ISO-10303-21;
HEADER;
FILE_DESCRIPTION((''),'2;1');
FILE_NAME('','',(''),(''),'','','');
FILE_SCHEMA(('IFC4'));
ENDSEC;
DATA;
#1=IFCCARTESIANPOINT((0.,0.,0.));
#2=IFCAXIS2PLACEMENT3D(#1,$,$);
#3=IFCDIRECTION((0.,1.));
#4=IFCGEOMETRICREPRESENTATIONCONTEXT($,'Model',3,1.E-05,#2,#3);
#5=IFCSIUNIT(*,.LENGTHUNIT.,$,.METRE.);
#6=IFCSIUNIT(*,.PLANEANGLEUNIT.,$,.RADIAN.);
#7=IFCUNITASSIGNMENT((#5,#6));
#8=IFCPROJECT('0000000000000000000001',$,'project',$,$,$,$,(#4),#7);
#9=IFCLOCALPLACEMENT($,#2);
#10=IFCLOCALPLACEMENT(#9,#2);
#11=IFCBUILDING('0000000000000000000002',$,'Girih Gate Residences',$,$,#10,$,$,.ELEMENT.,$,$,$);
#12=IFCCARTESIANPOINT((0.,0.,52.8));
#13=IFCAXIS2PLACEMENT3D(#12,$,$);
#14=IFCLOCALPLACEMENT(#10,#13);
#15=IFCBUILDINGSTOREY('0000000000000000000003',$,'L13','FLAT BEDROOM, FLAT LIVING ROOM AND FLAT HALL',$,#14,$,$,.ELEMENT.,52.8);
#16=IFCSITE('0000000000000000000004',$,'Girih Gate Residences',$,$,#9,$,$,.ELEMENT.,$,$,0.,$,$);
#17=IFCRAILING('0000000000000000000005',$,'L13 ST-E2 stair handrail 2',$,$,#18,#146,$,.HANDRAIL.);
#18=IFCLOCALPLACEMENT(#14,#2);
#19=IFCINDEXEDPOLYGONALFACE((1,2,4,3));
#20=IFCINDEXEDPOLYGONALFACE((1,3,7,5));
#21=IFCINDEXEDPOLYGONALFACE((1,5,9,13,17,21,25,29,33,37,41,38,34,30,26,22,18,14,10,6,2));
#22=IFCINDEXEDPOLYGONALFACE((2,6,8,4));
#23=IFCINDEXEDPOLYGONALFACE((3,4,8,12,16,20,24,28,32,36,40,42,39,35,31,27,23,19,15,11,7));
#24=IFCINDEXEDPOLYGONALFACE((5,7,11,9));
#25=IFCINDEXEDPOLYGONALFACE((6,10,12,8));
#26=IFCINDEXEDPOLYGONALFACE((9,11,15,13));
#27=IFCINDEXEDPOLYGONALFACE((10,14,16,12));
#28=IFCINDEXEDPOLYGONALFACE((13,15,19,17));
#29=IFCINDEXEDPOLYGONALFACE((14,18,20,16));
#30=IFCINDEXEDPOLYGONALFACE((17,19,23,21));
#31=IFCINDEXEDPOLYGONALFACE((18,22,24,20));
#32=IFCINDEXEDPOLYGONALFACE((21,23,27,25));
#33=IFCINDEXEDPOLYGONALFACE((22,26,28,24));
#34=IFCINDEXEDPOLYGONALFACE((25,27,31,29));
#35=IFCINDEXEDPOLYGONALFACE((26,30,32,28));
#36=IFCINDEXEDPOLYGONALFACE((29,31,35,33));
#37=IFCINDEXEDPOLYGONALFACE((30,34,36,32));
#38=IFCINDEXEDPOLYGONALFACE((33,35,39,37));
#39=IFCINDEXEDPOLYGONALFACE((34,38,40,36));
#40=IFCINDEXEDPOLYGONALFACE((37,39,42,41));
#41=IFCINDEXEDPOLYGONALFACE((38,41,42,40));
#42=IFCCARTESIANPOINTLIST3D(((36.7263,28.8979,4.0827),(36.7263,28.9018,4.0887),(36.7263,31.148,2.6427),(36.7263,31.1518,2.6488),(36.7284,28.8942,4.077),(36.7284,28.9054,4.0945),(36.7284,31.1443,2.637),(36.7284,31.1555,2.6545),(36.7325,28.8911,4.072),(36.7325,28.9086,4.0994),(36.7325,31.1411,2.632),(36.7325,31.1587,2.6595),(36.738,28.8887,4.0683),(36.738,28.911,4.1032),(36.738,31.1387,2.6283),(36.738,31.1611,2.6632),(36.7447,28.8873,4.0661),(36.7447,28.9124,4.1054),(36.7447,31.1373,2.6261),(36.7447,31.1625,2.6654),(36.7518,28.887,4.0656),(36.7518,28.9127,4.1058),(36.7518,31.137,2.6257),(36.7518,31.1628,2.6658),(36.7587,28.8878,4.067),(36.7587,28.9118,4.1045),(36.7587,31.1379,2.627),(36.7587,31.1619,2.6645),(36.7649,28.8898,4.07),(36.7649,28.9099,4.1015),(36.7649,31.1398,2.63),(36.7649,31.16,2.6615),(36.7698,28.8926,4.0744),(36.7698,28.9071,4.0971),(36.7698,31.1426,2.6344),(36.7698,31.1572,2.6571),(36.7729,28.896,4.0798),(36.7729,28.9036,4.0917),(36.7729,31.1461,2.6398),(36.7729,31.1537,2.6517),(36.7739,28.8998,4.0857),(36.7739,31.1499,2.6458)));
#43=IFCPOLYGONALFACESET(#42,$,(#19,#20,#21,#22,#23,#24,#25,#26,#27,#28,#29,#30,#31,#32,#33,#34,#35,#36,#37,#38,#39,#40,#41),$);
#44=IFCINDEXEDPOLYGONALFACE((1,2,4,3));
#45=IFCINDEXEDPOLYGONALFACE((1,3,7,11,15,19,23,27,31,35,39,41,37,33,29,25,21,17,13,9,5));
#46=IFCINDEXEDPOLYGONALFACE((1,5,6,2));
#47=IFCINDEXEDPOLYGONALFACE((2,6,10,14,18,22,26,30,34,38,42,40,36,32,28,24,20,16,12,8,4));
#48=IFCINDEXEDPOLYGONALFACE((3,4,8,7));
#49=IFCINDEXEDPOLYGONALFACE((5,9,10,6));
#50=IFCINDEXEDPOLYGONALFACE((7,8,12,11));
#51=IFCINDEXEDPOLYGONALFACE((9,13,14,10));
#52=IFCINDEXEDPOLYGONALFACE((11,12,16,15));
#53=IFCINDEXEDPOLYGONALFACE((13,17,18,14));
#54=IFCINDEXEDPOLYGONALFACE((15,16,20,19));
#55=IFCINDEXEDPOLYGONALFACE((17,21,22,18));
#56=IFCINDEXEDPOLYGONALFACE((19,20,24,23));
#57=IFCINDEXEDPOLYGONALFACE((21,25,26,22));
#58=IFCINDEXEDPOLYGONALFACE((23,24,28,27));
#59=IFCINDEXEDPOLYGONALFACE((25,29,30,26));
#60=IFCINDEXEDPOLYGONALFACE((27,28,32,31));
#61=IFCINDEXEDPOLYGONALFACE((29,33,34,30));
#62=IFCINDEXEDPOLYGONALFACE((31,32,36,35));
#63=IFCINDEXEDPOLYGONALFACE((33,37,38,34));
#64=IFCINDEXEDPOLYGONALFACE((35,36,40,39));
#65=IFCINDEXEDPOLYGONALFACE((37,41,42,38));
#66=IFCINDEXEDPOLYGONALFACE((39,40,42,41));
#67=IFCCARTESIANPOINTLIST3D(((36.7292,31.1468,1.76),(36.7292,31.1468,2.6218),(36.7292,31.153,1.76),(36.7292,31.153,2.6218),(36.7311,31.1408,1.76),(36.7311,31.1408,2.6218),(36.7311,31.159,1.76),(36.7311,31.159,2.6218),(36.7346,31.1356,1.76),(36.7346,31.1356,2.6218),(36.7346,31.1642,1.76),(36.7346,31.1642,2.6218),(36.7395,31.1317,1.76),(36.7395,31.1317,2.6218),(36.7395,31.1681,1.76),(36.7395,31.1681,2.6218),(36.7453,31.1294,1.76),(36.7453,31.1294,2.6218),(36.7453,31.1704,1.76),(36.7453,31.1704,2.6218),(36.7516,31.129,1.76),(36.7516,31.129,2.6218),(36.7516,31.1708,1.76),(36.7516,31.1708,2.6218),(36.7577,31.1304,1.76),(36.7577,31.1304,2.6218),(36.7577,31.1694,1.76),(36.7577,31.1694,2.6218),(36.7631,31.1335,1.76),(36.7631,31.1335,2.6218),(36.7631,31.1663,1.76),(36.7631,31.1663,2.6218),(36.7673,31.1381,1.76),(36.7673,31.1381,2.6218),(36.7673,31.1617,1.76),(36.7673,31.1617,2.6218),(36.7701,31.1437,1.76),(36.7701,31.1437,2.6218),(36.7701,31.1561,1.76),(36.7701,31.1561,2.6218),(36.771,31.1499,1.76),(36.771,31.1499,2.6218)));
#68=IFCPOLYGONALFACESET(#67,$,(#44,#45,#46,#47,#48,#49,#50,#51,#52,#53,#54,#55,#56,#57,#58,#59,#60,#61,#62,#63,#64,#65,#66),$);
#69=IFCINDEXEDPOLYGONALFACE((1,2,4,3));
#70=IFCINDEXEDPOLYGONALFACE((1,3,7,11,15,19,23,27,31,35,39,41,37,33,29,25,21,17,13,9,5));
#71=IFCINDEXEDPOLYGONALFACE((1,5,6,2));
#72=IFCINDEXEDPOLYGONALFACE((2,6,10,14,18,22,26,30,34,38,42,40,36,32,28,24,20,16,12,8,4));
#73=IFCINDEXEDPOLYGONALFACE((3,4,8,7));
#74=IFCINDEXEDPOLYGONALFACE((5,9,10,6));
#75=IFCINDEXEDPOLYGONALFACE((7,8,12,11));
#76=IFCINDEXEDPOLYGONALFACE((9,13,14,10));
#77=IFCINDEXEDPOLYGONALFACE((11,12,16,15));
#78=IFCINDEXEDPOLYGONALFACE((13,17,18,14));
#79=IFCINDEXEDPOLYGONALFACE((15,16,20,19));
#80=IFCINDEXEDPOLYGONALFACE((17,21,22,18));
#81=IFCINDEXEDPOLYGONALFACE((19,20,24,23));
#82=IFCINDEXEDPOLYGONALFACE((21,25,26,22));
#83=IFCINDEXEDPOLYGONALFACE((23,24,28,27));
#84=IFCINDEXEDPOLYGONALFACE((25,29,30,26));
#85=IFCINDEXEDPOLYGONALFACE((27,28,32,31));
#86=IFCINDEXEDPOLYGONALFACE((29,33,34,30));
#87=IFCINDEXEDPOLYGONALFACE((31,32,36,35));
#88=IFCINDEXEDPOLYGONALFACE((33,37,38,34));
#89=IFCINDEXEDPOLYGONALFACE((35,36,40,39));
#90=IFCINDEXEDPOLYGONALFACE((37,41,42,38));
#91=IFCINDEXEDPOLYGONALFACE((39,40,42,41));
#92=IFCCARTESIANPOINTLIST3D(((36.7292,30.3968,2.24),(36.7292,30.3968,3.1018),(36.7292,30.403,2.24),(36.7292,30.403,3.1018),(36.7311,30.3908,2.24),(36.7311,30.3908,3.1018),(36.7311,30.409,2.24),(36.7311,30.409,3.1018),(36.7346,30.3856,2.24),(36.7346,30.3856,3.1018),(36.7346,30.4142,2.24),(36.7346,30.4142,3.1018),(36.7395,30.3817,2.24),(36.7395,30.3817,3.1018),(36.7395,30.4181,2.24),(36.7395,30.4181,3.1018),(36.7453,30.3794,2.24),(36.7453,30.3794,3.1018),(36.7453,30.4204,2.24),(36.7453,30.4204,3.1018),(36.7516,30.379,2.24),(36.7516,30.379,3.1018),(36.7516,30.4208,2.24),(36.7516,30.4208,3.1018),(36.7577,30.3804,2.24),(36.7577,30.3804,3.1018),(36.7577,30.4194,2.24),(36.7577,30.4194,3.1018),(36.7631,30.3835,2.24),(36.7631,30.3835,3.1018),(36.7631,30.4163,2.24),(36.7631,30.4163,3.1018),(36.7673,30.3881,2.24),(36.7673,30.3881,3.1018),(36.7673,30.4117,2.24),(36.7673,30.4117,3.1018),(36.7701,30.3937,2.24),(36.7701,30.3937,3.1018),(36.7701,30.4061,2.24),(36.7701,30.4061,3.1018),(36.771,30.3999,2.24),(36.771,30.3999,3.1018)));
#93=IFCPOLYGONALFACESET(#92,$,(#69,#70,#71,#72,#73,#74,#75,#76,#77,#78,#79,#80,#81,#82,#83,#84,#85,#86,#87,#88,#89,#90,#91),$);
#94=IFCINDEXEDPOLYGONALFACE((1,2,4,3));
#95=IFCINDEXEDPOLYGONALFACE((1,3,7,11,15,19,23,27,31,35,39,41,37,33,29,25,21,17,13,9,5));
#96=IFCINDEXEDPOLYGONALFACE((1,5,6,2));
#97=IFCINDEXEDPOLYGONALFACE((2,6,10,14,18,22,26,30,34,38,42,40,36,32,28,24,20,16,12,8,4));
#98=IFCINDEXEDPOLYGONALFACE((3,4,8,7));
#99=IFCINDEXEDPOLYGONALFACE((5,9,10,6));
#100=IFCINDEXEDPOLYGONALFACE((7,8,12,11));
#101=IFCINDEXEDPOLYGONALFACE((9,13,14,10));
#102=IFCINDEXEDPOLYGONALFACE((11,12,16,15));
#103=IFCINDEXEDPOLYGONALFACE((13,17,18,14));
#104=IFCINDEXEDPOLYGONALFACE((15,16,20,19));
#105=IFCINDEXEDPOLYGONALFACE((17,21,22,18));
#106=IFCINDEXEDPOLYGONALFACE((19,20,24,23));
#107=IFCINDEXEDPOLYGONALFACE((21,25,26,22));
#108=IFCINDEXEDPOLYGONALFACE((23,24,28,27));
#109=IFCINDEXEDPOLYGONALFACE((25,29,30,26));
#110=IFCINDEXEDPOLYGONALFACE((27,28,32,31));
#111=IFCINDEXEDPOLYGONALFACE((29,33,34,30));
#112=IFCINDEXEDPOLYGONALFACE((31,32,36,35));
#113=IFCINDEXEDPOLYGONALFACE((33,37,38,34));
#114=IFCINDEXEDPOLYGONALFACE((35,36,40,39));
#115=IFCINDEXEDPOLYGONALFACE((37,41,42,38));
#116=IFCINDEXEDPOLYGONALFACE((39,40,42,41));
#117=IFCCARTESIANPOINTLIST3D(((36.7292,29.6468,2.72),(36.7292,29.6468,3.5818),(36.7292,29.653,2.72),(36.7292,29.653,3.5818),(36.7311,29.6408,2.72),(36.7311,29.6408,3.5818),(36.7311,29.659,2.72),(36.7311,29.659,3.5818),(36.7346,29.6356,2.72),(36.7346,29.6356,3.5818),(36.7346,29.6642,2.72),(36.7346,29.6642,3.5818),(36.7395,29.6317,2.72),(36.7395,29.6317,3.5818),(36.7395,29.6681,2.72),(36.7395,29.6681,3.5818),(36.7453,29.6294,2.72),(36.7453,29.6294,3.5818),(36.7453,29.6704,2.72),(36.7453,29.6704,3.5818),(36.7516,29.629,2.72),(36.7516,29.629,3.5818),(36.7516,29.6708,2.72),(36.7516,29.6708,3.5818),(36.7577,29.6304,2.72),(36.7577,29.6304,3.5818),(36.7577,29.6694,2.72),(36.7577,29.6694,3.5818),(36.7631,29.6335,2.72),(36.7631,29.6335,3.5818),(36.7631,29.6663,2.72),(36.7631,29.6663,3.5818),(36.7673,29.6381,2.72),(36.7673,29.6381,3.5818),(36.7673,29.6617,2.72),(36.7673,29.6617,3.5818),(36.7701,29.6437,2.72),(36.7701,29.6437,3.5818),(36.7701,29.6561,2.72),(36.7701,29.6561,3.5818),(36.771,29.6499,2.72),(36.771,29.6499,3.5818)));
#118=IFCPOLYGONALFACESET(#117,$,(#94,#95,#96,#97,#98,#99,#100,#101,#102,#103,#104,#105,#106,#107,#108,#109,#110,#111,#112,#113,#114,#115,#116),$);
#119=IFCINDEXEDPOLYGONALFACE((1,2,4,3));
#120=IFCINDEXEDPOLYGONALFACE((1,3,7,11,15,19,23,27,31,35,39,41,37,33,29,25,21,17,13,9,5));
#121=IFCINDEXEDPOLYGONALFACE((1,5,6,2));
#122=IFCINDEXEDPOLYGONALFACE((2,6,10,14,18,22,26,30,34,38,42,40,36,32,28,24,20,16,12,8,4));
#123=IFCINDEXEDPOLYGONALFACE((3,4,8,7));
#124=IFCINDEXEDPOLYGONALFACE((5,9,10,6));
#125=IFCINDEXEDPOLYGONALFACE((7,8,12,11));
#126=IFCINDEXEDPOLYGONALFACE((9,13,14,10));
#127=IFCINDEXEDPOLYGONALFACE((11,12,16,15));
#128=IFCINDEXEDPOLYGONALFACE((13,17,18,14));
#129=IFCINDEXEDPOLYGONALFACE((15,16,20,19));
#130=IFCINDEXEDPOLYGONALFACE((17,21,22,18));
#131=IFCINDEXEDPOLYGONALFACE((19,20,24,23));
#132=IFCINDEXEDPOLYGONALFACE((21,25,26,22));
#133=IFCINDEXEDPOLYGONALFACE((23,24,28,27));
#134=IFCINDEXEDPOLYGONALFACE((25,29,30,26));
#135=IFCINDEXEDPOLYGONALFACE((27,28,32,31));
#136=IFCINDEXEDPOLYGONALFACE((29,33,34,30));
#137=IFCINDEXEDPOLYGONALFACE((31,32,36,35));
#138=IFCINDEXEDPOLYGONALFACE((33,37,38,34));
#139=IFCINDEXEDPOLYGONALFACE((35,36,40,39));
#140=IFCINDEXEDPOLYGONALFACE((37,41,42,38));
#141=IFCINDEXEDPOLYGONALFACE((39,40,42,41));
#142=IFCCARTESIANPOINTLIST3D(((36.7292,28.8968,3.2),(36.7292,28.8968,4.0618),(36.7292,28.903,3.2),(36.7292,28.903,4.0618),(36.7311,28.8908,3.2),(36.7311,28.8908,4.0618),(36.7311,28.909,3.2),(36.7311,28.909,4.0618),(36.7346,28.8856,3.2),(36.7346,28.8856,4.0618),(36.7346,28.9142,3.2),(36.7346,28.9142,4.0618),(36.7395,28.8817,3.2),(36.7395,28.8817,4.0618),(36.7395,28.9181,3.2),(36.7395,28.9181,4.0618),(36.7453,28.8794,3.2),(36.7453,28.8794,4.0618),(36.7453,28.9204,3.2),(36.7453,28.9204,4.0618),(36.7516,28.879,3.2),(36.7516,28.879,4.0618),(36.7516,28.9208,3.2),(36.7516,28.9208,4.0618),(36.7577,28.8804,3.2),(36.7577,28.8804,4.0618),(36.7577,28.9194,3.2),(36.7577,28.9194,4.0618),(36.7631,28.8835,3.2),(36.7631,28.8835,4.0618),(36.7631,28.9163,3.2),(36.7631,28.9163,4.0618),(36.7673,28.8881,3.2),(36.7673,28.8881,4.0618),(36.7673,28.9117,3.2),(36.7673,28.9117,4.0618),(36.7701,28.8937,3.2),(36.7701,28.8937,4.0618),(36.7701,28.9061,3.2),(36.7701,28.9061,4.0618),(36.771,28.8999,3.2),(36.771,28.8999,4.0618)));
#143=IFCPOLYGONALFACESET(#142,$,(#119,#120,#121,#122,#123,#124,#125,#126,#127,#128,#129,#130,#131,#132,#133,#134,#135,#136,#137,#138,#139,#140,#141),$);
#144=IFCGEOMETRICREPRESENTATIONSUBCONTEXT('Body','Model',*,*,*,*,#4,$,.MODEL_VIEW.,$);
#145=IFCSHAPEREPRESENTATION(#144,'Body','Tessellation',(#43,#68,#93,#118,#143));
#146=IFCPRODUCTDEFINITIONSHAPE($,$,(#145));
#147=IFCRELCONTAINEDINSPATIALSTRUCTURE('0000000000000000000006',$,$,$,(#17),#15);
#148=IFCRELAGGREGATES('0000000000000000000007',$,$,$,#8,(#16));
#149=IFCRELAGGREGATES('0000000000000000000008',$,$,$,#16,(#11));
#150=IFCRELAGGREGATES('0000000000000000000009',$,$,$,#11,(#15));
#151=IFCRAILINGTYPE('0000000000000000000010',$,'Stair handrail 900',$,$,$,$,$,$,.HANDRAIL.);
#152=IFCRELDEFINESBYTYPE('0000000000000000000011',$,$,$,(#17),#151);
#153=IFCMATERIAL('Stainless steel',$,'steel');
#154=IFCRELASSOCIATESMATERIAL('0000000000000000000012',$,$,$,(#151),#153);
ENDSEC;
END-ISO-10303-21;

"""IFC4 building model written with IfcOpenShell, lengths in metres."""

from ifc_helpers import new_model, si_unit, direction, frame, origin, origin_2d, place, context, subcontext, project, spatial, circle, extrude, material, type_object, element, save


model = new_model("IFC4")

# Units and contexts
model_context = context("Model", 3, precision=1e-05, world=origin(), true_north=direction((0.0, 1.0)))
body_context = subcontext(model_context, "Body", "Model", "MODEL_VIEW")
ifc_project = project(units=[si_unit("LENGTHUNIT", "METRE"), si_unit("PLANEANGLEUNIT", "RADIAN")], contexts=[model_context])

# Site, building, storey
site_placement = place(None, origin())
site = spatial("IfcSite", under=ifc_project, at=site_placement, Name="Girih Gate Residences", CompositionType="ELEMENT", RefElevation=0.0)
building_placement = place(site_placement, origin())
building = spatial("IfcBuilding", under=site, at=building_placement, Name="Girih Gate Residences", CompositionType="ELEMENT")
storey_placement = place(building_placement, frame((0.0, 0.0, 52.8)))
storey = spatial("IfcBuildingStorey", under=building, at=storey_placement, Name="L13", Description="FLAT BEDROOM, FLAT LIVING ROOM AND FLAT HALL", CompositionType="ELEMENT", Elevation=52.8)

# Shared definitions
ifc_material_1 = material(Name="Stainless steel", Category="steel")

# Railing
railing_type_1 = type_object("IfcRailingType", Name="Stair handrail 900", PredefinedType="HANDRAIL", material=ifc_material_1)
railing_1_placement = place(storey_placement, frame((36.75, 31.1499, 1.76)))
element("IfcRailing", 1, at=railing_1_placement, inside=storey, type_object=railing_type_1, Name="L13 ST-E2 stair handrail 2", PredefinedType="HANDRAIL", context=body_context, shape_type="SweptSolid", body=[
    extrude(circle(Radius=0.0239, at=origin_2d()), frame((0.0, 0.0, 0.8857), z_axis=(0.0, -0.842281, 0.539038), x_axis=(1.0, 0.0, 0.0)), (0.0, 0.0, 1.0), 2.6714),
    extrude(circle(Radius=0.021, at=origin_2d()), origin(), (0.0, 0.0, 1.0), 0.8618),
    extrude(circle(Radius=0.021, at=origin_2d()), frame((0.0, -0.75, 0.48)), (0.0, 0.0, 1.0), 0.8618),
    extrude(circle(Radius=0.021, at=origin_2d()), frame((0.0, -1.5, 0.96)), (0.0, 0.0, 1.0), 0.8618),
    extrude(circle(Radius=0.021, at=origin_2d()), frame((0.0, -2.25, 1.4399)), (0.0, 0.0, 1.0), 0.8618),
])

save(model, "model.ifc")
